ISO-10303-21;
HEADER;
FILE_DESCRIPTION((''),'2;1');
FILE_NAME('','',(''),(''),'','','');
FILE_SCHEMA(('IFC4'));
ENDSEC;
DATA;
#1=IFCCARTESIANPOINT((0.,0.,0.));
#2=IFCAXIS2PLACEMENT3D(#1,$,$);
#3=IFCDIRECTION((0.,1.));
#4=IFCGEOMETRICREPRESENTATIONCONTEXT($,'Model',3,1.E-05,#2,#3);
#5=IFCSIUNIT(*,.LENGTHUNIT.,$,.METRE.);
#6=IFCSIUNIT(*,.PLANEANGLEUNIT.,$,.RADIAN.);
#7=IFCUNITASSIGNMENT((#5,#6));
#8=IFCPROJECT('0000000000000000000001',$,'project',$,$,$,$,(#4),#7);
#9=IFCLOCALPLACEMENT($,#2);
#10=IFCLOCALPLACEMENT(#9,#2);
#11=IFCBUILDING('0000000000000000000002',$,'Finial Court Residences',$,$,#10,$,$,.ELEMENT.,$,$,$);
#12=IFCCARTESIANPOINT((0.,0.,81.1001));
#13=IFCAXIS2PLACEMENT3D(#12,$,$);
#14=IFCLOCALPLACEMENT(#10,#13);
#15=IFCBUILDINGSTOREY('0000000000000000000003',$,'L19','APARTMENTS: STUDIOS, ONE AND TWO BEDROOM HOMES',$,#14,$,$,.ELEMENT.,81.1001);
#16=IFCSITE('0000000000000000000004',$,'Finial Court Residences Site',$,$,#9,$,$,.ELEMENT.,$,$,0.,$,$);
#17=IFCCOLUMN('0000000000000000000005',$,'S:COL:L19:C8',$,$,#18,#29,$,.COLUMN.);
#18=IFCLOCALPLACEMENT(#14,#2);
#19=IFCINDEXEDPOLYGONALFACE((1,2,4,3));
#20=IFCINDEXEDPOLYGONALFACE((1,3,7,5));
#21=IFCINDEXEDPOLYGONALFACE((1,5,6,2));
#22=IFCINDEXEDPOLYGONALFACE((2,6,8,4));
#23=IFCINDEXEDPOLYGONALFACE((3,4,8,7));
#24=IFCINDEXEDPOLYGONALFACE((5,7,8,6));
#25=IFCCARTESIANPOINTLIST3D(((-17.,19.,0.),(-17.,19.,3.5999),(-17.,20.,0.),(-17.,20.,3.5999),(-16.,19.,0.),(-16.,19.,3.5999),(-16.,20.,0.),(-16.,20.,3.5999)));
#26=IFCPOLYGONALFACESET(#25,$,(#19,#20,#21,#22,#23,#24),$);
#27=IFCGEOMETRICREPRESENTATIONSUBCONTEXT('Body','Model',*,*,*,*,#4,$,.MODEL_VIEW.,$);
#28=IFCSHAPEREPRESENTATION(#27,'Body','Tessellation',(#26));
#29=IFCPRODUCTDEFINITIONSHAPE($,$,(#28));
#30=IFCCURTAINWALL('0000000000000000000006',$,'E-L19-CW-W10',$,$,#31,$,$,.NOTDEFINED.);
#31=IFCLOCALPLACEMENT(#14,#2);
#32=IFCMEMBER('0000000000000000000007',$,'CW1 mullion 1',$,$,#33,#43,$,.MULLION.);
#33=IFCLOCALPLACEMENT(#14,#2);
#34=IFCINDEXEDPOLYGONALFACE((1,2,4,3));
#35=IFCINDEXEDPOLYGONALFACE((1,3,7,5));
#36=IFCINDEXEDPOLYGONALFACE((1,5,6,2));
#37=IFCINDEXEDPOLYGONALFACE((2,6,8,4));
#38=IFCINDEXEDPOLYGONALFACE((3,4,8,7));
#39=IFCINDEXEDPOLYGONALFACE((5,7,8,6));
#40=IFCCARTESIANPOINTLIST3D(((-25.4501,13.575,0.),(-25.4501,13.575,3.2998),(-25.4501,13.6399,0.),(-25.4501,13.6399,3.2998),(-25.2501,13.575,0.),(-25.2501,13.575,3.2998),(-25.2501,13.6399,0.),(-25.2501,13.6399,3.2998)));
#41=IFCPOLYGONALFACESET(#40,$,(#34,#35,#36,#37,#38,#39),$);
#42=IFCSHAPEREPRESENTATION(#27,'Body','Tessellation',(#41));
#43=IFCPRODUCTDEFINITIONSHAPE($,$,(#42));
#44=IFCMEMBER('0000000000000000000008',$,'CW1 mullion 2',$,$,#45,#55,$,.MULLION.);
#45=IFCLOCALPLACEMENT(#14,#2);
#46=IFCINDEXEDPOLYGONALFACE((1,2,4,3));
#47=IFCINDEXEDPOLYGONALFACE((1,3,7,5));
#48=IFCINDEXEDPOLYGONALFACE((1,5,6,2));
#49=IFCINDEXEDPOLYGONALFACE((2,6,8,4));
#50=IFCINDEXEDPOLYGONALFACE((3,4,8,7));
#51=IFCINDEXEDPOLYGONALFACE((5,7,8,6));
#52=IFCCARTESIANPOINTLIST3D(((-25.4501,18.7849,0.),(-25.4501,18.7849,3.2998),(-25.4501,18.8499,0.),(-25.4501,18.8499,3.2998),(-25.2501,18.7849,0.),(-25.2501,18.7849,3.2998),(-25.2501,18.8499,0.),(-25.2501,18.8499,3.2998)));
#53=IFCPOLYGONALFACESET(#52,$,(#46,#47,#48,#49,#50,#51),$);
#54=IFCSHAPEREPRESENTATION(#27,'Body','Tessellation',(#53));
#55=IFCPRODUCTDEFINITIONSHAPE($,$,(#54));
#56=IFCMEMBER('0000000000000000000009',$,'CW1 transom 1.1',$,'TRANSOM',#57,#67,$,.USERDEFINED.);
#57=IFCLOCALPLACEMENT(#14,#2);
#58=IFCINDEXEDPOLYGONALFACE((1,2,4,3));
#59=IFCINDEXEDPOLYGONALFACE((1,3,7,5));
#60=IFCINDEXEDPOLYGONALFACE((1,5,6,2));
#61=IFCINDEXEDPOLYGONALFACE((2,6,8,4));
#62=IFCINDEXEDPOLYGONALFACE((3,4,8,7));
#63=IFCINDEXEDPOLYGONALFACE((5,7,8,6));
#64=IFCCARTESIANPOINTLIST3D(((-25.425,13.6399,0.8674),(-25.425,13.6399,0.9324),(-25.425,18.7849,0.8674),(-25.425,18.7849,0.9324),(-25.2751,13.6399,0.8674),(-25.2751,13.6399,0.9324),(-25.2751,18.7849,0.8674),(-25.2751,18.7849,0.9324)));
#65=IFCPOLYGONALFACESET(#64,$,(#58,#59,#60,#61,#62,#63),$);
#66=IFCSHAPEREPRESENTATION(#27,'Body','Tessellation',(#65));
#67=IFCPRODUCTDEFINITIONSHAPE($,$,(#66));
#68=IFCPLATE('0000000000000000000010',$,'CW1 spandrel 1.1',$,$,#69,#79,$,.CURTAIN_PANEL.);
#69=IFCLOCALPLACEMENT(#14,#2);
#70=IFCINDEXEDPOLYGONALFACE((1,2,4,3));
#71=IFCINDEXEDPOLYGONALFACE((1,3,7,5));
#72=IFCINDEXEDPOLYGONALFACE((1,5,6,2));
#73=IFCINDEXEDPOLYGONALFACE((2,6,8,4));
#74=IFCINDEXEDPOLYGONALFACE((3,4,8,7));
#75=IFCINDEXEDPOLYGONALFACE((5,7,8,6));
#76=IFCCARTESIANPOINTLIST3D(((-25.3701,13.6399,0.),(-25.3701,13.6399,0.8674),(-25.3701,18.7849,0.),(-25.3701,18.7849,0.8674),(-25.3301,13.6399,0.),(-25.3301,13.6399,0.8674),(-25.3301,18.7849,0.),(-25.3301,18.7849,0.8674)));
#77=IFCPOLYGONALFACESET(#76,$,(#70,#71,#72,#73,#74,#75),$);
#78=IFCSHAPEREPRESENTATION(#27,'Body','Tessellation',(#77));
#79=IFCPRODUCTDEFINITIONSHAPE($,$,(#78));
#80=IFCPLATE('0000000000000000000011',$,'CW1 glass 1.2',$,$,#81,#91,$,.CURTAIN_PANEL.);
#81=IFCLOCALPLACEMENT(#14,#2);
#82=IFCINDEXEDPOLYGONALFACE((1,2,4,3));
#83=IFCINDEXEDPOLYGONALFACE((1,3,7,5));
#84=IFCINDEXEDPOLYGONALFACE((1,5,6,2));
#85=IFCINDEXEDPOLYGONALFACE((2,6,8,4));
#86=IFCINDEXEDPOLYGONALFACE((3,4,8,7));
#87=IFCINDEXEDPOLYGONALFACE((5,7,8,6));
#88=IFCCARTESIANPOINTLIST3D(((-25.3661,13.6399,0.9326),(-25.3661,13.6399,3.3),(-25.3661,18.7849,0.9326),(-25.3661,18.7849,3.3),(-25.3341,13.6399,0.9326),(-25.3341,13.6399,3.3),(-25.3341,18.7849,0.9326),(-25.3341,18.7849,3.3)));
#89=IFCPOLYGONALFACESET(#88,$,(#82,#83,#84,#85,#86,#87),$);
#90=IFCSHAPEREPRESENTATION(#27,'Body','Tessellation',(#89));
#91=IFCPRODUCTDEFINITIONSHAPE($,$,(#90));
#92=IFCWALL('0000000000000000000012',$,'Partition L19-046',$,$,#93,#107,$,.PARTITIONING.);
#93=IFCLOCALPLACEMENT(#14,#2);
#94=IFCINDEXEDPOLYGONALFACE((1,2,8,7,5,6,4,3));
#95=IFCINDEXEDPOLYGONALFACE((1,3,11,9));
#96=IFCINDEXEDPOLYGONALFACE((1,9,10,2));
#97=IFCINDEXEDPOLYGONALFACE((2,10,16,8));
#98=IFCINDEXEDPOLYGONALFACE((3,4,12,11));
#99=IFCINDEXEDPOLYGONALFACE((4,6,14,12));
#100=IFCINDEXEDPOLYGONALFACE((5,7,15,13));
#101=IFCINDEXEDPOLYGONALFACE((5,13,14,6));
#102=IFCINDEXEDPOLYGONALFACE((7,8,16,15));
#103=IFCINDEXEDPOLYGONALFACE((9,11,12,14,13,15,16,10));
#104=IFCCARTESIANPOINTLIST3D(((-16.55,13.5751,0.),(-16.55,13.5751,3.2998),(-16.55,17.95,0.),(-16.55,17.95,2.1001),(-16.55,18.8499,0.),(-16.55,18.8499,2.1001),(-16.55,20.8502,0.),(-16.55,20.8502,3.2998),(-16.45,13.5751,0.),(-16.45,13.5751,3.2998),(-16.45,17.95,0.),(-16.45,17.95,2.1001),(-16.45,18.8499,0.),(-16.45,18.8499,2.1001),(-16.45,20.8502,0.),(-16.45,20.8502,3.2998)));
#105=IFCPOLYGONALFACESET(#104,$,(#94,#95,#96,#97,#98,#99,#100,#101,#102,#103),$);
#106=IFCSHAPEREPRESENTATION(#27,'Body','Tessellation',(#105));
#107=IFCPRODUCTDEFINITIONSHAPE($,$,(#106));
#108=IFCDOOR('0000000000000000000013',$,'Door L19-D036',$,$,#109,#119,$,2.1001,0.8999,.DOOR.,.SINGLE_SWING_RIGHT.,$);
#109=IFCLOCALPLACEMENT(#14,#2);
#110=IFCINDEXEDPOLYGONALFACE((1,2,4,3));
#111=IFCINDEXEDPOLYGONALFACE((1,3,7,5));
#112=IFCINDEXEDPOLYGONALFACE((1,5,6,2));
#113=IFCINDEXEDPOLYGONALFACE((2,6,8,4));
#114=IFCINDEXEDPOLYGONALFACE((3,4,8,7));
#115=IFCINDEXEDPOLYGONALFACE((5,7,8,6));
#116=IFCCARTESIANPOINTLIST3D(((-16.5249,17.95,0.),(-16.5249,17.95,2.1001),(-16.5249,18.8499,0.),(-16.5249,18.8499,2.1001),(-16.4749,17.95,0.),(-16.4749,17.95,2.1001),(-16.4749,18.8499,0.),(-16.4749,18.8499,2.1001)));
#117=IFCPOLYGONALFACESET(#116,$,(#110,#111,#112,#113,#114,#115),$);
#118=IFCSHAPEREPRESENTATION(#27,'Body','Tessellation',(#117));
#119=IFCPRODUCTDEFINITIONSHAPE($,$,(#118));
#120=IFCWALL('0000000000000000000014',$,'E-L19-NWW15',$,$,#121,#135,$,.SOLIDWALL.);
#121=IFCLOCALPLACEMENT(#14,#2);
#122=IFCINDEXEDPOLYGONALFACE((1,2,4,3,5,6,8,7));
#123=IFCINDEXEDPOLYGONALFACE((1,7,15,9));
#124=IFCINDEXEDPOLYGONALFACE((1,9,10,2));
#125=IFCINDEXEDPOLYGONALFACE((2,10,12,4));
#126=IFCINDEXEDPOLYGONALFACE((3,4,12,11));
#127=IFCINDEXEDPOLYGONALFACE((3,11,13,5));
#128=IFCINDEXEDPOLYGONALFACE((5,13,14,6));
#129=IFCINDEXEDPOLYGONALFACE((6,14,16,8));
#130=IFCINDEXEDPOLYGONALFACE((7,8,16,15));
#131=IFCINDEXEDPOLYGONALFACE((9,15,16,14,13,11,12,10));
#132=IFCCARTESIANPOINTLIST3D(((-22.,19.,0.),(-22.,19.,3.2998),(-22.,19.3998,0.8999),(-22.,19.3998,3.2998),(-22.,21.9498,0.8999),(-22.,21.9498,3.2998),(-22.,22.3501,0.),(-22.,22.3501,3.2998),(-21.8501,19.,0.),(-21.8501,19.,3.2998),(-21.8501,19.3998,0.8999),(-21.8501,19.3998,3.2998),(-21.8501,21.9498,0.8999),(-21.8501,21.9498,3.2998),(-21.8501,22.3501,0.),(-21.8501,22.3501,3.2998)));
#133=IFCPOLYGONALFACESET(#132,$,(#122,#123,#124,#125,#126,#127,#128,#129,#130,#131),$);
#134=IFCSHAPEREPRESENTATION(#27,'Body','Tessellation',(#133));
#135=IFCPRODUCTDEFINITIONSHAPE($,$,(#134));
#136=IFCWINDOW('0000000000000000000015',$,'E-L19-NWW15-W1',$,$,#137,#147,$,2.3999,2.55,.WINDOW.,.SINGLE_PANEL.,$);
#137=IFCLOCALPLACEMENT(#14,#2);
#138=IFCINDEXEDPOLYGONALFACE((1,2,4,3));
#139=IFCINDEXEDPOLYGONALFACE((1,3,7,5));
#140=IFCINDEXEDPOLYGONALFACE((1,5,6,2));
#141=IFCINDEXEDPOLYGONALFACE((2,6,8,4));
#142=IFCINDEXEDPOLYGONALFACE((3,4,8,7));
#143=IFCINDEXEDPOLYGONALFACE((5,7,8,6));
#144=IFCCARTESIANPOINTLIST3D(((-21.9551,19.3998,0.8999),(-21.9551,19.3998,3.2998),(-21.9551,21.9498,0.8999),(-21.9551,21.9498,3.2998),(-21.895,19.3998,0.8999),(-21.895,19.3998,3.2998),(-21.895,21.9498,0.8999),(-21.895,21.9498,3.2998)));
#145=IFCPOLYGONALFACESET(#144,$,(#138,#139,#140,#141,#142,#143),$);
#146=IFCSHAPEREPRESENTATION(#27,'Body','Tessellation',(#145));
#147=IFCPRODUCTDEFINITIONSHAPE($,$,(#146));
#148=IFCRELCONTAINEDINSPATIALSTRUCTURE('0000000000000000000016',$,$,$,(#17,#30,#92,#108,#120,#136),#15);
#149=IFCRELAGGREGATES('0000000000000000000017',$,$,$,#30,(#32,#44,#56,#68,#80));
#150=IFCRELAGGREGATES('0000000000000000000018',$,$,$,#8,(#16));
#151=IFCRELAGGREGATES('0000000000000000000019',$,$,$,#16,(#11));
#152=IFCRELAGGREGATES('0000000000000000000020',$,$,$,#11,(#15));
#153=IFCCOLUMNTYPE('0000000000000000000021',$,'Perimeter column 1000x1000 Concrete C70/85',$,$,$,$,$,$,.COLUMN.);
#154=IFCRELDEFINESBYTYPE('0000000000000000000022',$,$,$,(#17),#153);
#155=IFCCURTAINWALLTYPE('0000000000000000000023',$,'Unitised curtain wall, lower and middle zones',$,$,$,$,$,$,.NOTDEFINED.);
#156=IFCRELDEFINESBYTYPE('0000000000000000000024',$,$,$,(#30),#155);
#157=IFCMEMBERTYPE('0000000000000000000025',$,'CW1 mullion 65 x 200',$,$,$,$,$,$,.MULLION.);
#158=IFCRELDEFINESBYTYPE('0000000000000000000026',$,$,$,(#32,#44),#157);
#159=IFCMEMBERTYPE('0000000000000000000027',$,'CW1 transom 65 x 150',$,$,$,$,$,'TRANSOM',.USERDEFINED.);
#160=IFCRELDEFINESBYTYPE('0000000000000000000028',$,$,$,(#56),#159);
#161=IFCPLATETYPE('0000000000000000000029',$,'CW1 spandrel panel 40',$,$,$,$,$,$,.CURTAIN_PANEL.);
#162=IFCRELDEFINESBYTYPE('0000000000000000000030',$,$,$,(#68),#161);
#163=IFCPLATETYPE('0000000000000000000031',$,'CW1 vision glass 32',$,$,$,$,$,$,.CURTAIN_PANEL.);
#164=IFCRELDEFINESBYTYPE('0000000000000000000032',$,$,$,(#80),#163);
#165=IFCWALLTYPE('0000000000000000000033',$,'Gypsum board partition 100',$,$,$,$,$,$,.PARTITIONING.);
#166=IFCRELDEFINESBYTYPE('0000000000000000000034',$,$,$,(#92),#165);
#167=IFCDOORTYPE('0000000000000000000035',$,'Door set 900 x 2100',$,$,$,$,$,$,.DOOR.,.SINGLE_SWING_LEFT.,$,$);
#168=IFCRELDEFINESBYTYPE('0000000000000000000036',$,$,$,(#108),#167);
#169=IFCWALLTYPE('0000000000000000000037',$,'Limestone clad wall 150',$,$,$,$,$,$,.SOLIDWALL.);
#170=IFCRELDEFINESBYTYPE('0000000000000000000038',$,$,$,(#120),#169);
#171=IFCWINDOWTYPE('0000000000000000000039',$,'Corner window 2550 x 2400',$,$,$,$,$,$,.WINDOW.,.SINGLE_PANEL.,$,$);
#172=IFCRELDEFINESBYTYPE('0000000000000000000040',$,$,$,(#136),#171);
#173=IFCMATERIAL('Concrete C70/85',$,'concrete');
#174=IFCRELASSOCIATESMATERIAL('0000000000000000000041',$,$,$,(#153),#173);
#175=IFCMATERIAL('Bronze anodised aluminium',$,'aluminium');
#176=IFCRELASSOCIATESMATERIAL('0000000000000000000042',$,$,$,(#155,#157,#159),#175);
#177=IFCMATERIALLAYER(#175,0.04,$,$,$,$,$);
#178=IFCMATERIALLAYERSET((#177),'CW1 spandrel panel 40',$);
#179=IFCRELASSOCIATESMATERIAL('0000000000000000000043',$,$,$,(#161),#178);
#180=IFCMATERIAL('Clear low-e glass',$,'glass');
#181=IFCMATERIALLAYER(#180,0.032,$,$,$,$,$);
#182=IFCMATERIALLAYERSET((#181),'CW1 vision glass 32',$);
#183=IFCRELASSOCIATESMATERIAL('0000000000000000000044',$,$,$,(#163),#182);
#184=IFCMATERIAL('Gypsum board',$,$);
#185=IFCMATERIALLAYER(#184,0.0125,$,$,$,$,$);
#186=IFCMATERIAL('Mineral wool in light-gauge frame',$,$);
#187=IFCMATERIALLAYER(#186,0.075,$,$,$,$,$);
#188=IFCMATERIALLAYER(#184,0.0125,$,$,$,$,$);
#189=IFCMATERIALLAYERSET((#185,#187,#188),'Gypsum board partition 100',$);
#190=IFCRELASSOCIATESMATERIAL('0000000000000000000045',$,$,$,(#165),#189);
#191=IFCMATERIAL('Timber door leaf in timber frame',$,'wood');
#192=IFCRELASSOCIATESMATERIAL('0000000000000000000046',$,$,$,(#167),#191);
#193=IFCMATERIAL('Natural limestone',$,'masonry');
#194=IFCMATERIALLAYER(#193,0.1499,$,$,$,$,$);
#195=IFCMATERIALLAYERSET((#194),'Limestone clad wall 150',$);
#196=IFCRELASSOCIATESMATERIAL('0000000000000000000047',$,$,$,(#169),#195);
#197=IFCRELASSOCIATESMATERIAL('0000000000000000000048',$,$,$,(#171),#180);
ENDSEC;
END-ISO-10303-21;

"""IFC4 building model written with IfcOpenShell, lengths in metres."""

from ifc_helpers import new_model, si_unit, direction, frame, frame_2d, origin, origin_2d, place, context, subcontext, project, spatial, rectangle, extrude, material, layer, layer_set, material_profile, profile_set, type_object, element, fill, aggregate, save


model = new_model("IFC4")

# Units and contexts
model_context = context("Model", 3, precision=1e-05, world=origin(), true_north=direction((0.0, 1.0)))
body_context = subcontext(model_context, "Body", "Model", "MODEL_VIEW")
ifc_project = project(units=[si_unit("LENGTHUNIT", "METRE"), si_unit("PLANEANGLEUNIT", "RADIAN")], contexts=[model_context])

# Site, building, storey
site_placement = place(None, origin())
site = spatial("IfcSite", under=ifc_project, at=site_placement, Name="Finial Court Residences Site", CompositionType="ELEMENT", RefElevation=0.0)
building_placement = place(site_placement, origin())
building = spatial("IfcBuilding", under=site, at=building_placement, Name="Finial Court Residences", CompositionType="ELEMENT")
storey_placement = place(building_placement, frame((0.0, 0.0, 81.1001)))
storey = spatial("IfcBuildingStorey", under=building, at=storey_placement, Name="L19", Description="APARTMENTS: STUDIOS, ONE AND TWO BEDROOM HOMES", CompositionType="ELEMENT", Elevation=81.1001)

# Column
ifc_material_1 = material(Name="Concrete C70/85", Category="concrete")
ifc_material_profile_1 = material_profile(ifc_material_1, rectangle(XDim=1.0, YDim=1.0, at=origin_2d()), Name="1000x1000")
ifc_profile_set_1 = profile_set([ifc_material_profile_1], Name="Concrete C70/85")
column_type = type_object("IfcColumnType", Name="Perimeter column 1000x1000 Concrete C70/85", PredefinedType="COLUMN", material=ifc_profile_set_1)
column_placement = place(storey_placement, frame((-16.5, 19.5, 0.0), z_axis=(0.0, 0.0, 1.0), x_axis=(1.0, 0.0, 0.0)))
element("IfcColumn", 1, at=column_placement, inside=storey, type_object=column_type, Name="S:COL:L19:C8", PredefinedType="COLUMN", context=body_context, shape_type="SweptSolid", body=[
    extrude(rectangle(XDim=1.0, YDim=1.0, at=origin_2d()), origin(), (0.0, 0.0, 1.0), 3.5999),
])

# Curtain wall, members, plates
ifc_material_2 = material(Name="Bronze anodised aluminium", Category="aluminium")
curtain_wall_type = type_object("IfcCurtainWallType", Name="Unitised curtain wall, lower and middle zones", PredefinedType="NOTDEFINED", material=ifc_material_2)
curtain_wall_placement = place(storey_placement, origin())
curtain_wall = element("IfcCurtainWall", 2, at=curtain_wall_placement, inside=storey, type_object=curtain_wall_type, Name="E-L19-CW-W10", PredefinedType="NOTDEFINED")
ifc_material_profile_2 = material_profile(ifc_material_2, rectangle(XDim=0.2, YDim=0.0649, at=origin_2d()), Name="CW1 mullion 65 x 200")
ifc_profile_set_2 = profile_set([ifc_material_profile_2], Name="Bronze anodised aluminium")
member_type_1 = type_object("IfcMemberType", Name="CW1 mullion 65 x 200", PredefinedType="MULLION", material=ifc_profile_set_2)
member_1_placement = place(storey_placement, frame((-25.3501, 13.6074, 0.0), z_axis=(0.0, 0.0, 1.0), x_axis=(-1.0, 0.0, 0.0)))
member_1 = element("IfcMember", 3, at=member_1_placement, type_object=member_type_1, Name="CW1 mullion 1", PredefinedType="MULLION", context=body_context, shape_type="SweptSolid", body=[
    extrude(rectangle(XDim=0.2, YDim=0.0649, at=origin_2d()), origin(), (0.0, 0.0, 1.0), 3.2998),
])
member_2_placement = place(storey_placement, frame((-25.3501, 18.8174, 0.0), z_axis=(0.0, 0.0, 1.0), x_axis=(-1.0, 0.0, 0.0)))
member_2 = element("IfcMember", 4, at=member_2_placement, type_object=member_type_1, Name="CW1 mullion 2", PredefinedType="MULLION", context=body_context, shape_type="SweptSolid", body=[
    extrude(rectangle(XDim=0.2, YDim=0.0649, at=origin_2d()), origin(), (0.0, 0.0, 1.0), 3.2998),
])
ifc_material_profile_3 = material_profile(ifc_material_2, rectangle(XDim=0.1499, YDim=0.0649, at=origin_2d()), Name="CW1 transom 65 x 150")
ifc_profile_set_3 = profile_set([ifc_material_profile_3], Name="Bronze anodised aluminium")
member_type_2 = type_object("IfcMemberType", Name="CW1 transom 65 x 150", ElementType="TRANSOM", PredefinedType="USERDEFINED", material=ifc_profile_set_3)
member_3_placement = place(storey_placement, frame((-25.3501, 13.6399, 0.8999), z_axis=(0.0, 1.0, 0.0), x_axis=(-1.0, 0.0, 0.0)))
member_3 = element("IfcMember", 5, at=member_3_placement, type_object=member_type_2, Name="CW1 transom 1.1", ObjectType="TRANSOM", PredefinedType="USERDEFINED", context=body_context, shape_type="SweptSolid", body=[
    extrude(rectangle(XDim=0.1499, YDim=0.0649, at=origin_2d()), origin(), (0.0, 0.0, 1.0), 5.145),
])
ifc_layer_1 = layer(ifc_material_2, 0.04)
ifc_layer_set_1 = layer_set([ifc_layer_1], Name="CW1 spandrel panel 40")
plate_type_1 = type_object("IfcPlateType", Name="CW1 spandrel panel 40", PredefinedType="CURTAIN_PANEL", material=ifc_layer_set_1)
plate_1_placement = place(storey_placement, frame((-25.3501, 16.2124, 0.0), z_axis=(0.0, 0.0, 1.0), x_axis=(0.0, 1.0, 0.0)))
plate_1 = element("IfcPlate", 6, at=plate_1_placement, type_object=plate_type_1, Name="CW1 spandrel 1.1", PredefinedType="CURTAIN_PANEL", context=body_context, shape_type="SweptSolid", body=[
    extrude(rectangle(XDim=5.145, YDim=0.04, at=origin_2d()), origin(), (0.0, 0.0, 1.0), 0.8674),
])
ifc_material_3 = material(Name="Clear low-e glass", Category="glass")
ifc_layer_2 = layer(ifc_material_3, 0.032)
ifc_layer_set_2 = layer_set([ifc_layer_2], Name="CW1 vision glass 32")
plate_type_2 = type_object("IfcPlateType", Name="CW1 vision glass 32", PredefinedType="CURTAIN_PANEL", material=ifc_layer_set_2)
plate_2_placement = place(storey_placement, frame((-25.3501, 16.2124, 0.9326), z_axis=(0.0, 0.0, 1.0), x_axis=(0.0, 1.0, 0.0)))
plate_2 = element("IfcPlate", 7, at=plate_2_placement, type_object=plate_type_2, Name="CW1 glass 1.2", PredefinedType="CURTAIN_PANEL", context=body_context, shape_type="SweptSolid", body=[
    extrude(rectangle(XDim=5.145, YDim=0.032, at=origin_2d()), origin(), (0.0, 0.0, 1.0), 2.3674),
])
aggregate(curtain_wall, [member_1, member_2, member_3, plate_1, plate_2])

# Wall, opening, door
ifc_material_4 = material(Name="Gypsum board")
ifc_layer_3 = layer(ifc_material_4, 0.0125)
ifc_material_5 = material(Name="Mineral wool in light-gauge frame")
ifc_layer_4 = layer(ifc_material_5, 0.075)
ifc_layer_5 = layer(ifc_material_4, 0.0125)
ifc_layer_set_3 = layer_set([ifc_layer_3, ifc_layer_4, ifc_layer_5], Name="Gypsum board partition 100")
wall_type_1 = type_object("IfcWallType", Name="Gypsum board partition 100", PredefinedType="PARTITIONING", material=ifc_layer_set_3)
wall_1_placement = place(storey_placement, frame((-16.5, 13.575, 0.0), z_axis=(0.0, 0.0, 1.0), x_axis=(0.0, 1.0, 0.0)))
wall_1 = element("IfcWall", 8, at=wall_1_placement, inside=storey, type_object=wall_type_1, Name="Partition L19-046", PredefinedType="PARTITIONING", context=body_context, shape_type="SweptSolid", body=[
    extrude(rectangle(XDim=7.2751, YDim=0.1001, at=frame_2d((3.6377, 0.0))), origin(), (0.0, 0.0, 1.0), 3.2998),
])
opening_1_placement = place(wall_1_placement, frame((4.375, 0.0, 0.0)))
opening_1 = element("IfcOpeningElement", 9, at=opening_1_placement, cuts=wall_1, PredefinedType="OPENING", context=body_context, shape_type="SweptSolid", body=[
    extrude(rectangle(XDim=0.8999, YDim=2.1001, at=frame_2d((0.45, 1.05))), frame((0.0, 0.0601, 0.0), z_axis=(0.0, -1.0, 0.0), x_axis=(1.0, 0.0, 0.0)), (0.0, 0.0, 1.0), 0.1201),
])
ifc_material_6 = material(Name="Timber door leaf in timber frame", Category="wood")
door_type_1 = type_object("IfcDoorType", Name="Door set 900 x 2100", OperationType="SINGLE_SWING_LEFT", PredefinedType="DOOR", material=ifc_material_6)
door_1_placement = place(opening_1_placement, origin())
door_1 = element("IfcDoor", 10, at=door_1_placement, inside=storey, type_object=door_type_1, Name="Door L19-D036", OperationType="SINGLE_SWING_RIGHT", OverallHeight=2.1001, OverallWidth=0.8999, PredefinedType="DOOR", context=body_context, shape_type="SweptSolid", body=[
    extrude(rectangle(XDim=0.8999, YDim=2.1001, at=frame_2d((0.45, 1.05))), frame((0.0, 0.0249, 0.0), z_axis=(0.0, -1.0, 0.0), x_axis=(1.0, 0.0, 0.0)), (0.0, 0.0, 1.0), 0.05),
])
fill(opening_1, door_1)

# Wall, opening, window
ifc_material_7 = material(Name="Natural limestone", Category="masonry")
ifc_layer_6 = layer(ifc_material_7, 0.1499)
ifc_layer_set_4 = layer_set([ifc_layer_6], Name="Limestone clad wall 150")
wall_type_2 = type_object("IfcWallType", Name="Limestone clad wall 150", PredefinedType="SOLIDWALL", material=ifc_layer_set_4)
wall_2_placement = place(storey_placement, frame((-21.925, 19.0, 0.0), z_axis=(0.0, 0.0, 1.0), x_axis=(0.0, 1.0, 0.0)))
wall_2 = element("IfcWall", 11, at=wall_2_placement, inside=storey, type_object=wall_type_2, Name="E-L19-NWW15", PredefinedType="SOLIDWALL", context=body_context, shape_type="SweptSolid", body=[
    extrude(rectangle(XDim=3.3501, YDim=0.1499, at=frame_2d((1.675, 0.0))), origin(), (0.0, 0.0, 1.0), 3.2998),
])
opening_2_placement = place(wall_2_placement, frame((0.3999, 0.0, 0.8999)))
opening_2 = element("IfcOpeningElement", 12, at=opening_2_placement, cuts=wall_2, PredefinedType="OPENING", context=body_context, shape_type="SweptSolid", body=[
    extrude(rectangle(XDim=2.55, YDim=2.3999, at=frame_2d((1.2749, 1.2))), frame((0.0, 0.085, 0.0), z_axis=(0.0, -1.0, 0.0), x_axis=(1.0, 0.0, 0.0)), (0.0, 0.0, 1.0), 0.1699),
])
window_type_1 = type_object("IfcWindowType", Name="Corner window 2550 x 2400", PartitioningType="SINGLE_PANEL", PredefinedType="WINDOW", material=ifc_material_3)
window_1_placement = place(opening_2_placement, origin())
window_1 = element("IfcWindow", 13, at=window_1_placement, inside=storey, type_object=window_type_1, Name="E-L19-NWW15-W1", OverallHeight=2.3999, OverallWidth=2.55, PartitioningType="SINGLE_PANEL", PredefinedType="WINDOW", context=body_context, shape_type="SweptSolid", body=[
    extrude(rectangle(XDim=2.55, YDim=2.3999, at=frame_2d((1.2749, 1.2))), frame((0.0, 0.03, 0.0), z_axis=(0.0, -1.0, 0.0), x_axis=(1.0, 0.0, 0.0)), (0.0, 0.0, 1.0), 0.0601),
])
fill(opening_2, window_1)

save(model, "model.ifc")
